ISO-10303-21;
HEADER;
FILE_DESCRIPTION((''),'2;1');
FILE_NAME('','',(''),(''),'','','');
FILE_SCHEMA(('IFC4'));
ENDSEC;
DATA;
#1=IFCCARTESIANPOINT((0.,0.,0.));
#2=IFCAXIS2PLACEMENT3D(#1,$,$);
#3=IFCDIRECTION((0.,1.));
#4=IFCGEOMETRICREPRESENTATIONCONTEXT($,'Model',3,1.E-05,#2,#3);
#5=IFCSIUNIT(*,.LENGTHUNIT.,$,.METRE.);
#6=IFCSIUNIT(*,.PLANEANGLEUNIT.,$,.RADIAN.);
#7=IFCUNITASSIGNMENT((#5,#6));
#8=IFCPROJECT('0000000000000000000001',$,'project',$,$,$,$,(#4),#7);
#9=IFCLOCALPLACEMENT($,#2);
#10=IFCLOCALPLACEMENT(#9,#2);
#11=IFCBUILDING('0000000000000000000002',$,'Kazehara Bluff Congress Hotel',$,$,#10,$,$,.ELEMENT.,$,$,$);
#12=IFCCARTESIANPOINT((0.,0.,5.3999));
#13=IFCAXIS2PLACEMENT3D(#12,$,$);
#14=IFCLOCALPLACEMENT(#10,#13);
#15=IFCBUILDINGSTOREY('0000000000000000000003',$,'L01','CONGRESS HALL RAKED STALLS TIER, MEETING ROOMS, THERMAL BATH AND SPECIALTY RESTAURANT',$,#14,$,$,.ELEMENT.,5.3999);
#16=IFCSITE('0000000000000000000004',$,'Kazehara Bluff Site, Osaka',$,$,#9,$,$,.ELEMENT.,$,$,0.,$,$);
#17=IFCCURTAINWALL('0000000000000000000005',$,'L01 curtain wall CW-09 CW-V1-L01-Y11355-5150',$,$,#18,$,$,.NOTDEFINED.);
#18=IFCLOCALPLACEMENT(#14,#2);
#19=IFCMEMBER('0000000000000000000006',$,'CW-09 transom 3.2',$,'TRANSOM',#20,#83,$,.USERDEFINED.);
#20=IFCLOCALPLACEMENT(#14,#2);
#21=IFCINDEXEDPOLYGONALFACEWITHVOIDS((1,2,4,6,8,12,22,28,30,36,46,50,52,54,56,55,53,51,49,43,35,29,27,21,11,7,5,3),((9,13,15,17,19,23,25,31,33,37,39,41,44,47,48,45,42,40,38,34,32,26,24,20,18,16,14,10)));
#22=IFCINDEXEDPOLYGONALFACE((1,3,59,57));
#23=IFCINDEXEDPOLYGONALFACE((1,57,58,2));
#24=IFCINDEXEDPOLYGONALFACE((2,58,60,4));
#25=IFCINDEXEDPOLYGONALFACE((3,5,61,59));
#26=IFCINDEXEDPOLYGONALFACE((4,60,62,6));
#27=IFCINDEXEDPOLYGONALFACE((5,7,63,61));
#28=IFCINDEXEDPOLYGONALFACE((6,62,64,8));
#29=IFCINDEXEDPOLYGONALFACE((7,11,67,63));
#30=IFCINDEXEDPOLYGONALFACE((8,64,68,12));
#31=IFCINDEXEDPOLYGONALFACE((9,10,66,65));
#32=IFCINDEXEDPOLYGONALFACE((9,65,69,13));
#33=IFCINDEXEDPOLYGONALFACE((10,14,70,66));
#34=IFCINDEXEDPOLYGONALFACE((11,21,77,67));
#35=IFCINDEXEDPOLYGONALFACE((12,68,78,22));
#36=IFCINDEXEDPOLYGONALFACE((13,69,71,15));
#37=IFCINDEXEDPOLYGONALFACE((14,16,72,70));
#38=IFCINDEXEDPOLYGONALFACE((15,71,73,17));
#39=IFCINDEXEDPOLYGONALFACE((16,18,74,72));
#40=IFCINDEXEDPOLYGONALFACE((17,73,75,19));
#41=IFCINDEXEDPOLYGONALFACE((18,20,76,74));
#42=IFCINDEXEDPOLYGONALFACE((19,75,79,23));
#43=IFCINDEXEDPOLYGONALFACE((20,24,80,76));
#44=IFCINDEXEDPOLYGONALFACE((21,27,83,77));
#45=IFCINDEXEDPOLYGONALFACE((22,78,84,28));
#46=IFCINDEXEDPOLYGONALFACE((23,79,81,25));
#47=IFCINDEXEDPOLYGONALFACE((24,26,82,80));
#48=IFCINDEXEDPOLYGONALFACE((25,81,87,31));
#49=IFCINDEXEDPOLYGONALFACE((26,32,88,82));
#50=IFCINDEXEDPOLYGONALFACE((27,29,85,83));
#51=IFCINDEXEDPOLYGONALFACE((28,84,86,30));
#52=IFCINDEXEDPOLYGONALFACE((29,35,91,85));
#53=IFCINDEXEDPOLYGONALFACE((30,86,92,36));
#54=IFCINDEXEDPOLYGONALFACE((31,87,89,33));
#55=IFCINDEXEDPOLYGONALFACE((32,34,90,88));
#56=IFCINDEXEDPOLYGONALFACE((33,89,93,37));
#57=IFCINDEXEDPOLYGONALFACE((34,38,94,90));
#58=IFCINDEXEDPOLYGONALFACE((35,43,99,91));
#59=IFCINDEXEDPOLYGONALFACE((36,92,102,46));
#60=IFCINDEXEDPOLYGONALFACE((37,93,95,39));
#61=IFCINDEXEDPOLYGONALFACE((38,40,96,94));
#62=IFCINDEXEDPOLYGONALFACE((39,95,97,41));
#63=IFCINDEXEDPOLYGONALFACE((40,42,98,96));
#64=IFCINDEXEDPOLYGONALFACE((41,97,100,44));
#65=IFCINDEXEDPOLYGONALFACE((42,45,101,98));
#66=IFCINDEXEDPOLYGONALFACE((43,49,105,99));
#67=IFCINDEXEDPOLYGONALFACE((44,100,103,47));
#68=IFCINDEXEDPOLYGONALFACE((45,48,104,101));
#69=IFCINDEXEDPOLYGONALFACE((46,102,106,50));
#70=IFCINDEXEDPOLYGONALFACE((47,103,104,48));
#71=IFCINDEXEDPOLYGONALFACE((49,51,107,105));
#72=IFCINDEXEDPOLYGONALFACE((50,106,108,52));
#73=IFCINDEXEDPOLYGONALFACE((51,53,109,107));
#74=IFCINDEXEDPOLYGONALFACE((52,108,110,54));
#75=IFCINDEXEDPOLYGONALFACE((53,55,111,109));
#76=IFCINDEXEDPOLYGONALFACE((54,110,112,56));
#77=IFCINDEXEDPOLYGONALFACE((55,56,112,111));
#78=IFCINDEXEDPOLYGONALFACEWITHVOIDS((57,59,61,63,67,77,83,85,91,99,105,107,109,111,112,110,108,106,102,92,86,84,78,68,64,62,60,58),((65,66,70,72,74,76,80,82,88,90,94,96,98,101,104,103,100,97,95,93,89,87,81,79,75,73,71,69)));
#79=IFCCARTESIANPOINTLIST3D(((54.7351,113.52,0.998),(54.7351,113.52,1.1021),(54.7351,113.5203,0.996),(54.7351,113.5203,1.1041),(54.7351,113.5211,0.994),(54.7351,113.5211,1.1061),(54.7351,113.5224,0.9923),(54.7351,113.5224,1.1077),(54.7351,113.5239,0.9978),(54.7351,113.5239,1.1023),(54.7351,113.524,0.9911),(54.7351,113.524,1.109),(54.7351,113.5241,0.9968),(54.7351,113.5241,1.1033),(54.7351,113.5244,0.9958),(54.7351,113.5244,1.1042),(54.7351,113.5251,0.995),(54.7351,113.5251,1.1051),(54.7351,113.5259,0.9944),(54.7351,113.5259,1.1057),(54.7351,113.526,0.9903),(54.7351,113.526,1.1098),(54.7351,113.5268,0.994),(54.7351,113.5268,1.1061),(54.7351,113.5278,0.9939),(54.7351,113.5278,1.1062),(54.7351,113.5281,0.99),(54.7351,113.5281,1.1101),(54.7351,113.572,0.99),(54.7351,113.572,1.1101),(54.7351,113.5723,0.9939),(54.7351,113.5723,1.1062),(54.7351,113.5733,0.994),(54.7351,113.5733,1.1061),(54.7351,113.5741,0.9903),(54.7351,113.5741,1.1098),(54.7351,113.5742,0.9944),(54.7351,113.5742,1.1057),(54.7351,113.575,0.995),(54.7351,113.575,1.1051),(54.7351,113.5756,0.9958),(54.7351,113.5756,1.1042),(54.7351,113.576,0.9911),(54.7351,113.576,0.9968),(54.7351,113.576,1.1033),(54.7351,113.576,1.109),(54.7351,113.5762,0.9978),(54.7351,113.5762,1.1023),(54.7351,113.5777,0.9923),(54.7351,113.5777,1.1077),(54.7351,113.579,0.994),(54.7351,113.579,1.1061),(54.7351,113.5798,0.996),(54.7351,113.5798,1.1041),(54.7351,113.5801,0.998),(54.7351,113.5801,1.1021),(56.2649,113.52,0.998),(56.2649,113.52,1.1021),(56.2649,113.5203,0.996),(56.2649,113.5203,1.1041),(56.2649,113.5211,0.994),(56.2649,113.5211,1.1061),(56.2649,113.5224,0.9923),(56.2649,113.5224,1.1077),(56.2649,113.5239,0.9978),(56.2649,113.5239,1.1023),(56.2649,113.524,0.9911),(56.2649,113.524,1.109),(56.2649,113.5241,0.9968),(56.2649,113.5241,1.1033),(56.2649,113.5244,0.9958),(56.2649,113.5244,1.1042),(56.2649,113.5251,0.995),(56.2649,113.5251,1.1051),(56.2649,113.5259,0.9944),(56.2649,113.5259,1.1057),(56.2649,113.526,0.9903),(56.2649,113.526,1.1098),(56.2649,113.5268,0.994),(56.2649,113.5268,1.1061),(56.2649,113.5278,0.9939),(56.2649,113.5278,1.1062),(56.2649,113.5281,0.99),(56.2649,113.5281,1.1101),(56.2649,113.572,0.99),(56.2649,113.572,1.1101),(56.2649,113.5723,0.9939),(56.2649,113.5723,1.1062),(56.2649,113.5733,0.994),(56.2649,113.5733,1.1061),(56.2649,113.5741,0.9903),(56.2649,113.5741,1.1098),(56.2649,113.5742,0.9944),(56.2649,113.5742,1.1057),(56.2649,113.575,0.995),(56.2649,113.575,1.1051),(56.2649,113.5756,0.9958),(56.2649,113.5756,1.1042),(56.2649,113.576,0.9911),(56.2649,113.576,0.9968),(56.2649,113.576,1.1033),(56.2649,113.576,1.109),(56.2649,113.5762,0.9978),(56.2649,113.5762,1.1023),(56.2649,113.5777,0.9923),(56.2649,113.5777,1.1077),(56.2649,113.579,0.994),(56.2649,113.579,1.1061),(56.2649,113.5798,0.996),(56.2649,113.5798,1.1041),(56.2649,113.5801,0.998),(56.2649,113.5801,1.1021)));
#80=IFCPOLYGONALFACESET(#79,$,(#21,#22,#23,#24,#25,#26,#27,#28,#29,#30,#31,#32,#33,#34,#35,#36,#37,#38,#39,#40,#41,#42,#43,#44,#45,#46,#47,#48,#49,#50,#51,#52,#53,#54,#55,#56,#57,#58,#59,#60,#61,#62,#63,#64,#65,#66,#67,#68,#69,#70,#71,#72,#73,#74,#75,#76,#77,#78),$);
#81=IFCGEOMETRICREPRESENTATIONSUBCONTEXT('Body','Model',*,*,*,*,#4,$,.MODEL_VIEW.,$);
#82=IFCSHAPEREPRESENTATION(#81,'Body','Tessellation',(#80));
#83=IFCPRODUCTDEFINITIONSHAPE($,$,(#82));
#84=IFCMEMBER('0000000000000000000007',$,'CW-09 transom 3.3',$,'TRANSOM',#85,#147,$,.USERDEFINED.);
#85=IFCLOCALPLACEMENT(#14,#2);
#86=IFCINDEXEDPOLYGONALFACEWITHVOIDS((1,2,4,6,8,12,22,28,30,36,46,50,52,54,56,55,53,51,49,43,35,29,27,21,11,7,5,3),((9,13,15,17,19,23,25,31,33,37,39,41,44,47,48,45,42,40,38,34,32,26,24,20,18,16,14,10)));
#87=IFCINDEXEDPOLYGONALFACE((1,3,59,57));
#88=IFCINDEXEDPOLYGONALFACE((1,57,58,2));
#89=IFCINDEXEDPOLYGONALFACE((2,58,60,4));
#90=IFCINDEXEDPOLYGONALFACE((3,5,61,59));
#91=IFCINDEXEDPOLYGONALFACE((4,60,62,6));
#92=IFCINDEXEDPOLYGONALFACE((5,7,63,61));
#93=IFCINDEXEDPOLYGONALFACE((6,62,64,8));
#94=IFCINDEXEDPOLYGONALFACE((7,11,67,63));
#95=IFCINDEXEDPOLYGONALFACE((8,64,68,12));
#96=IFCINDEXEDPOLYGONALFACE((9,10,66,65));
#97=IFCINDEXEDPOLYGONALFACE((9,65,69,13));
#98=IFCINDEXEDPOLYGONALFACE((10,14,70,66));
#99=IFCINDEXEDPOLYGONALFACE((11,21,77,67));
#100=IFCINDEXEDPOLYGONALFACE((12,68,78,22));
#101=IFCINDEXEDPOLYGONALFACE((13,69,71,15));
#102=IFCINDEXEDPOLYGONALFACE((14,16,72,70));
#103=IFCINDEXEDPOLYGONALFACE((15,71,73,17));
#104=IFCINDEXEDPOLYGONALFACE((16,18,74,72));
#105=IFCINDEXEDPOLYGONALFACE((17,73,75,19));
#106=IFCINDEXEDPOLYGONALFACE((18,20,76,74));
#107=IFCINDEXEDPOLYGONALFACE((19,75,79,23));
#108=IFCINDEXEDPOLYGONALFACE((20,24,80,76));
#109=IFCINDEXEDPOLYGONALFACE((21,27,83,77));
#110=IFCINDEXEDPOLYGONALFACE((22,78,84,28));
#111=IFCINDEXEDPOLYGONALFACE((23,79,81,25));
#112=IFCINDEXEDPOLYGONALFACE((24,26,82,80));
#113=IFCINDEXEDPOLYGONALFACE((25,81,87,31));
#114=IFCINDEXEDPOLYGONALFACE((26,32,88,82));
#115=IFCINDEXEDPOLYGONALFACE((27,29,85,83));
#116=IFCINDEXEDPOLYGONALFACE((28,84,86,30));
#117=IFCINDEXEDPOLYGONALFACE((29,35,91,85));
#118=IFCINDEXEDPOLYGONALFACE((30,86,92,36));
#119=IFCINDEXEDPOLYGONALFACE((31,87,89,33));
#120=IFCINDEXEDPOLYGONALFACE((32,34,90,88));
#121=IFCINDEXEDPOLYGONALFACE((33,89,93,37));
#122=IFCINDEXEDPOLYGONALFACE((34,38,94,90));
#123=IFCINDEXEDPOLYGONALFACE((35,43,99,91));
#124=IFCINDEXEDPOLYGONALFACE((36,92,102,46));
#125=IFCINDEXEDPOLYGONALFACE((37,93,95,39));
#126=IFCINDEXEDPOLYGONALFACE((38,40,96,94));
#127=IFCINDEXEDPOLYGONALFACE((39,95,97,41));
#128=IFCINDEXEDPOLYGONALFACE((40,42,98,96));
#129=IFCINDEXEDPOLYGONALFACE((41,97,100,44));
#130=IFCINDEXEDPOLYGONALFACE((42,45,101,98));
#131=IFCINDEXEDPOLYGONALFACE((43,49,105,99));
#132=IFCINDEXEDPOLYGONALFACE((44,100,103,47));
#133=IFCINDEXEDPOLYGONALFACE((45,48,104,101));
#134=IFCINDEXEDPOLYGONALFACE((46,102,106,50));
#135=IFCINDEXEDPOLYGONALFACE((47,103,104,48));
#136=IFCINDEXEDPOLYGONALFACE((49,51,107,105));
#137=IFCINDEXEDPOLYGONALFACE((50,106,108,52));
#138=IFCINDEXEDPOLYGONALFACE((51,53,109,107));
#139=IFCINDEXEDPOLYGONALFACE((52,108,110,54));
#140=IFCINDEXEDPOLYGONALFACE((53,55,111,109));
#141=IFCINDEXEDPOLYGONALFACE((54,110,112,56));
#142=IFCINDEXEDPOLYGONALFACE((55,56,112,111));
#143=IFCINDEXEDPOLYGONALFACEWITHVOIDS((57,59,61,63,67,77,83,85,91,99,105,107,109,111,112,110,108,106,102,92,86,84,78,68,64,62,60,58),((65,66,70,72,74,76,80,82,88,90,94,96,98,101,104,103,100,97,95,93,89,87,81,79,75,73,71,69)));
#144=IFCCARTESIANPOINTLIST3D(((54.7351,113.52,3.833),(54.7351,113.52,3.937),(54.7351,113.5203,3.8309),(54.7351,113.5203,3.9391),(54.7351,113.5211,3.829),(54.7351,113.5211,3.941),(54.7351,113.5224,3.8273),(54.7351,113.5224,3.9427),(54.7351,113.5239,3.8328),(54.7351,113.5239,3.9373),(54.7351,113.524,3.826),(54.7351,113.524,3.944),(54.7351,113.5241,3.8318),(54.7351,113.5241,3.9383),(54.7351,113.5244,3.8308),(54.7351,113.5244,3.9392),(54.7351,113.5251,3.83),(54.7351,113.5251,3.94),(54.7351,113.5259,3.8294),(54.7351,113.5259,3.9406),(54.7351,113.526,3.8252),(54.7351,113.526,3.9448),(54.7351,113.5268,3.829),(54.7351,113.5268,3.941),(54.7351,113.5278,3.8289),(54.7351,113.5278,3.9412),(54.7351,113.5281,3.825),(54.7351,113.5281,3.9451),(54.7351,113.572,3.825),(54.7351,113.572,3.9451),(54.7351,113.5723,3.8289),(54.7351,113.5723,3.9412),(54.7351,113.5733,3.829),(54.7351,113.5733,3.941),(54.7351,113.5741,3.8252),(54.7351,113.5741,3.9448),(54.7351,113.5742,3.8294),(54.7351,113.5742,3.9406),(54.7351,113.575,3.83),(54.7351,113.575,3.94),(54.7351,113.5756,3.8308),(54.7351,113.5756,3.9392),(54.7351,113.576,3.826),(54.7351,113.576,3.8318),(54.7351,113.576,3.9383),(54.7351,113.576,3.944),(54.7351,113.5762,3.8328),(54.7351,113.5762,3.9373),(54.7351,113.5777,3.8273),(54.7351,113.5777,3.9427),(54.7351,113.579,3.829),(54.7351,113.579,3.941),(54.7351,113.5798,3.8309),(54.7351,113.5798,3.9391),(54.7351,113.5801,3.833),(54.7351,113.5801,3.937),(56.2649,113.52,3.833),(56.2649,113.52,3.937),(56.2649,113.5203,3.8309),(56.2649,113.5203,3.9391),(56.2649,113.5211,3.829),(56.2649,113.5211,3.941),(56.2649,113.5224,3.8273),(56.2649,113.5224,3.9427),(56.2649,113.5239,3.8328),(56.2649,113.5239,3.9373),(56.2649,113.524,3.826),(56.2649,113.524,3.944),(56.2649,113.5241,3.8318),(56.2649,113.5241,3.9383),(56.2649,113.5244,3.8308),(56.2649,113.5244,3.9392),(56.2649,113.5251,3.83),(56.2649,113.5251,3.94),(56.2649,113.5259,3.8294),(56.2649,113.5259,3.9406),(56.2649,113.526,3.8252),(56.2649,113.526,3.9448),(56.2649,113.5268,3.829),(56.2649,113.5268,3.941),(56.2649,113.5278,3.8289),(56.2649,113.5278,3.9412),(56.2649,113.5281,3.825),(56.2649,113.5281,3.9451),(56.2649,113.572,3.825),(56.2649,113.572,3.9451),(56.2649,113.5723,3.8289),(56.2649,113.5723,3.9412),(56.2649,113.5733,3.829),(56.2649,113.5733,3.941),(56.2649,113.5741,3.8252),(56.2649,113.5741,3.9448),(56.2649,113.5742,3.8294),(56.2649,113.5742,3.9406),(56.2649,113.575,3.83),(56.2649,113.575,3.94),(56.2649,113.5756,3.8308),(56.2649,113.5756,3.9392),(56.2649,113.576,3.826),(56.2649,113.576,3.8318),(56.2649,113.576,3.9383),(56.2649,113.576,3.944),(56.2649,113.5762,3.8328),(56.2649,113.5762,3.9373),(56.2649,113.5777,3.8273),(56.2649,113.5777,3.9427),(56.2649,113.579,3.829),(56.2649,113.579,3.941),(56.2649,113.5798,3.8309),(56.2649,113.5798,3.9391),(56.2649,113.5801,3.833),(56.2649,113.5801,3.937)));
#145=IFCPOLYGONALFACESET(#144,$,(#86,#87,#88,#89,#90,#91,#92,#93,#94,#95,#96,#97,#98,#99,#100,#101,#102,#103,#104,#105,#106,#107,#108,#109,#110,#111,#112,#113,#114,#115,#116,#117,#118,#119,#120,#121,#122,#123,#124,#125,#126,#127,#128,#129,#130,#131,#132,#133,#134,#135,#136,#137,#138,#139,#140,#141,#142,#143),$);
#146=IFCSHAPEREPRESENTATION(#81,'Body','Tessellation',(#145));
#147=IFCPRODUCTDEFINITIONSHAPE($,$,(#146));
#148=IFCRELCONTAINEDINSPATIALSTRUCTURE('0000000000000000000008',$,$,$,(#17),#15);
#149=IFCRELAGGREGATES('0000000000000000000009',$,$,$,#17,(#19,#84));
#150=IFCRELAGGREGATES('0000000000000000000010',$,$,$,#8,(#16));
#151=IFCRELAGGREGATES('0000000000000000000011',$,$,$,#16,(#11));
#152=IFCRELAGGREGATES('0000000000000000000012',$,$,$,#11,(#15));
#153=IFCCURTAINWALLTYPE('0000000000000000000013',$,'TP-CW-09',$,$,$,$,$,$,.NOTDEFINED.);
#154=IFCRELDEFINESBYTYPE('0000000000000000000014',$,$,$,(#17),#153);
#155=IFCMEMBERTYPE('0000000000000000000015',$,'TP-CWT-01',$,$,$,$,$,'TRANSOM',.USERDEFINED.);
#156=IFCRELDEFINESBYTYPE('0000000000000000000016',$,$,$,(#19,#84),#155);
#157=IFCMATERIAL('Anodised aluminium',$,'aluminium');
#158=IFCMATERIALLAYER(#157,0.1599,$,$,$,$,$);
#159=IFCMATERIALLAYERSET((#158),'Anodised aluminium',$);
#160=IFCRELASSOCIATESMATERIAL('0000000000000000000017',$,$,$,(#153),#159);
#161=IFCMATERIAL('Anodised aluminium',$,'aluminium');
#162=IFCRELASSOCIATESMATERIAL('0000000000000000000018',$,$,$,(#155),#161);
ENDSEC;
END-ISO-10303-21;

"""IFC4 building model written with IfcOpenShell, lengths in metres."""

from ifc_helpers import new_model, si_unit, direction, frame, origin, origin_2d, place, context, subcontext, project, spatial, hollow_rectangle, extrude, material, layer, layer_set, material_profile, profile_set, type_object, element, aggregate, save


model = new_model("IFC4")

# Units and contexts
model_context = context("Model", 3, precision=1e-05, world=origin(), true_north=direction((0.0, 1.0)))
body_context = subcontext(model_context, "Body", "Model", "MODEL_VIEW")
ifc_project = project(units=[si_unit("LENGTHUNIT", "METRE"), si_unit("PLANEANGLEUNIT", "RADIAN")], contexts=[model_context])

# Site, building, storey
site_placement = place(None, origin())
site = spatial("IfcSite", under=ifc_project, at=site_placement, Name="Kazehara Bluff Site, Osaka", CompositionType="ELEMENT", RefElevation=0.0)
building_placement = place(site_placement, origin())
building = spatial("IfcBuilding", under=site, at=building_placement, Name="Kazehara Bluff Congress Hotel", CompositionType="ELEMENT")
storey_placement = place(building_placement, frame((0.0, 0.0, 5.3999)))
storey = spatial("IfcBuildingStorey", under=building, at=storey_placement, Name="L01", Description="CONGRESS HALL RAKED STALLS TIER, MEETING ROOMS, THERMAL BATH AND SPECIALTY RESTAURANT", CompositionType="ELEMENT", Elevation=5.3999)

# Curtain wall, members
ifc_material_1 = material(Name="Anodised aluminium", Category="aluminium")
ifc_layer_1 = layer(ifc_material_1, 0.1599)
ifc_layer_set_1 = layer_set([ifc_layer_1], Name="Anodised aluminium")
curtain_wall_type = type_object("IfcCurtainWallType", Name="TP-CW-09", PredefinedType="NOTDEFINED", material=ifc_layer_set_1)
curtain_wall_placement = place(storey_placement, origin())
curtain_wall = element("IfcCurtainWall", 1, at=curtain_wall_placement, inside=storey, type_object=curtain_wall_type, Name="L01 curtain wall CW-09 CW-V1-L01-Y11355-5150", PredefinedType="NOTDEFINED")
ifc_material_2 = material(Name="Anodised aluminium", Category="aluminium")
ifc_material_profile_1 = material_profile(ifc_material_2, hollow_rectangle(XDim=0.0601, YDim=0.1201, WallThickness=0.0039, InnerFilletRadius=0.0039, OuterFilletRadius=0.0081, at=origin_2d()))
ifc_profile_set_1 = profile_set([ifc_material_profile_1], Name="Anodised aluminium")
member_type_1 = type_object("IfcMemberType", Name="TP-CWT-01", ElementType="TRANSOM", PredefinedType="USERDEFINED", material=ifc_profile_set_1)
member_1_placement = place(storey_placement, frame((54.7351, 113.55, 1.05), z_axis=(1.0, 0.0, 0.0), x_axis=(0.0, 1.0, 0.0)))
member_1 = element("IfcMember", 2, at=member_1_placement, type_object=member_type_1, Name="CW-09 transom 3.2", ObjectType="TRANSOM", PredefinedType="USERDEFINED", context=body_context, shape_type="SweptSolid", body=[
    extrude(hollow_rectangle(XDim=0.0601, YDim=0.1201, WallThickness=0.0039, InnerFilletRadius=0.0039, OuterFilletRadius=0.0081, at=origin_2d()), origin(), (0.0, 0.0, 1.0), 1.5298),
])
member_2_placement = place(storey_placement, frame((54.7351, 113.55, 3.885), z_axis=(1.0, 0.0, 0.0), x_axis=(0.0, 1.0, 0.0)))
member_2 = element("IfcMember", 3, at=member_2_placement, type_object=member_type_1, Name="CW-09 transom 3.3", ObjectType="TRANSOM", PredefinedType="USERDEFINED", context=body_context, shape_type="SweptSolid", body=[
    extrude(hollow_rectangle(XDim=0.0601, YDim=0.1201, WallThickness=0.0039, InnerFilletRadius=0.0039, OuterFilletRadius=0.0081, at=origin_2d()), origin(), (0.0, 0.0, 1.0), 1.5298),
])
aggregate(curtain_wall, [member_1, member_2])

save(model, "model.ifc")
